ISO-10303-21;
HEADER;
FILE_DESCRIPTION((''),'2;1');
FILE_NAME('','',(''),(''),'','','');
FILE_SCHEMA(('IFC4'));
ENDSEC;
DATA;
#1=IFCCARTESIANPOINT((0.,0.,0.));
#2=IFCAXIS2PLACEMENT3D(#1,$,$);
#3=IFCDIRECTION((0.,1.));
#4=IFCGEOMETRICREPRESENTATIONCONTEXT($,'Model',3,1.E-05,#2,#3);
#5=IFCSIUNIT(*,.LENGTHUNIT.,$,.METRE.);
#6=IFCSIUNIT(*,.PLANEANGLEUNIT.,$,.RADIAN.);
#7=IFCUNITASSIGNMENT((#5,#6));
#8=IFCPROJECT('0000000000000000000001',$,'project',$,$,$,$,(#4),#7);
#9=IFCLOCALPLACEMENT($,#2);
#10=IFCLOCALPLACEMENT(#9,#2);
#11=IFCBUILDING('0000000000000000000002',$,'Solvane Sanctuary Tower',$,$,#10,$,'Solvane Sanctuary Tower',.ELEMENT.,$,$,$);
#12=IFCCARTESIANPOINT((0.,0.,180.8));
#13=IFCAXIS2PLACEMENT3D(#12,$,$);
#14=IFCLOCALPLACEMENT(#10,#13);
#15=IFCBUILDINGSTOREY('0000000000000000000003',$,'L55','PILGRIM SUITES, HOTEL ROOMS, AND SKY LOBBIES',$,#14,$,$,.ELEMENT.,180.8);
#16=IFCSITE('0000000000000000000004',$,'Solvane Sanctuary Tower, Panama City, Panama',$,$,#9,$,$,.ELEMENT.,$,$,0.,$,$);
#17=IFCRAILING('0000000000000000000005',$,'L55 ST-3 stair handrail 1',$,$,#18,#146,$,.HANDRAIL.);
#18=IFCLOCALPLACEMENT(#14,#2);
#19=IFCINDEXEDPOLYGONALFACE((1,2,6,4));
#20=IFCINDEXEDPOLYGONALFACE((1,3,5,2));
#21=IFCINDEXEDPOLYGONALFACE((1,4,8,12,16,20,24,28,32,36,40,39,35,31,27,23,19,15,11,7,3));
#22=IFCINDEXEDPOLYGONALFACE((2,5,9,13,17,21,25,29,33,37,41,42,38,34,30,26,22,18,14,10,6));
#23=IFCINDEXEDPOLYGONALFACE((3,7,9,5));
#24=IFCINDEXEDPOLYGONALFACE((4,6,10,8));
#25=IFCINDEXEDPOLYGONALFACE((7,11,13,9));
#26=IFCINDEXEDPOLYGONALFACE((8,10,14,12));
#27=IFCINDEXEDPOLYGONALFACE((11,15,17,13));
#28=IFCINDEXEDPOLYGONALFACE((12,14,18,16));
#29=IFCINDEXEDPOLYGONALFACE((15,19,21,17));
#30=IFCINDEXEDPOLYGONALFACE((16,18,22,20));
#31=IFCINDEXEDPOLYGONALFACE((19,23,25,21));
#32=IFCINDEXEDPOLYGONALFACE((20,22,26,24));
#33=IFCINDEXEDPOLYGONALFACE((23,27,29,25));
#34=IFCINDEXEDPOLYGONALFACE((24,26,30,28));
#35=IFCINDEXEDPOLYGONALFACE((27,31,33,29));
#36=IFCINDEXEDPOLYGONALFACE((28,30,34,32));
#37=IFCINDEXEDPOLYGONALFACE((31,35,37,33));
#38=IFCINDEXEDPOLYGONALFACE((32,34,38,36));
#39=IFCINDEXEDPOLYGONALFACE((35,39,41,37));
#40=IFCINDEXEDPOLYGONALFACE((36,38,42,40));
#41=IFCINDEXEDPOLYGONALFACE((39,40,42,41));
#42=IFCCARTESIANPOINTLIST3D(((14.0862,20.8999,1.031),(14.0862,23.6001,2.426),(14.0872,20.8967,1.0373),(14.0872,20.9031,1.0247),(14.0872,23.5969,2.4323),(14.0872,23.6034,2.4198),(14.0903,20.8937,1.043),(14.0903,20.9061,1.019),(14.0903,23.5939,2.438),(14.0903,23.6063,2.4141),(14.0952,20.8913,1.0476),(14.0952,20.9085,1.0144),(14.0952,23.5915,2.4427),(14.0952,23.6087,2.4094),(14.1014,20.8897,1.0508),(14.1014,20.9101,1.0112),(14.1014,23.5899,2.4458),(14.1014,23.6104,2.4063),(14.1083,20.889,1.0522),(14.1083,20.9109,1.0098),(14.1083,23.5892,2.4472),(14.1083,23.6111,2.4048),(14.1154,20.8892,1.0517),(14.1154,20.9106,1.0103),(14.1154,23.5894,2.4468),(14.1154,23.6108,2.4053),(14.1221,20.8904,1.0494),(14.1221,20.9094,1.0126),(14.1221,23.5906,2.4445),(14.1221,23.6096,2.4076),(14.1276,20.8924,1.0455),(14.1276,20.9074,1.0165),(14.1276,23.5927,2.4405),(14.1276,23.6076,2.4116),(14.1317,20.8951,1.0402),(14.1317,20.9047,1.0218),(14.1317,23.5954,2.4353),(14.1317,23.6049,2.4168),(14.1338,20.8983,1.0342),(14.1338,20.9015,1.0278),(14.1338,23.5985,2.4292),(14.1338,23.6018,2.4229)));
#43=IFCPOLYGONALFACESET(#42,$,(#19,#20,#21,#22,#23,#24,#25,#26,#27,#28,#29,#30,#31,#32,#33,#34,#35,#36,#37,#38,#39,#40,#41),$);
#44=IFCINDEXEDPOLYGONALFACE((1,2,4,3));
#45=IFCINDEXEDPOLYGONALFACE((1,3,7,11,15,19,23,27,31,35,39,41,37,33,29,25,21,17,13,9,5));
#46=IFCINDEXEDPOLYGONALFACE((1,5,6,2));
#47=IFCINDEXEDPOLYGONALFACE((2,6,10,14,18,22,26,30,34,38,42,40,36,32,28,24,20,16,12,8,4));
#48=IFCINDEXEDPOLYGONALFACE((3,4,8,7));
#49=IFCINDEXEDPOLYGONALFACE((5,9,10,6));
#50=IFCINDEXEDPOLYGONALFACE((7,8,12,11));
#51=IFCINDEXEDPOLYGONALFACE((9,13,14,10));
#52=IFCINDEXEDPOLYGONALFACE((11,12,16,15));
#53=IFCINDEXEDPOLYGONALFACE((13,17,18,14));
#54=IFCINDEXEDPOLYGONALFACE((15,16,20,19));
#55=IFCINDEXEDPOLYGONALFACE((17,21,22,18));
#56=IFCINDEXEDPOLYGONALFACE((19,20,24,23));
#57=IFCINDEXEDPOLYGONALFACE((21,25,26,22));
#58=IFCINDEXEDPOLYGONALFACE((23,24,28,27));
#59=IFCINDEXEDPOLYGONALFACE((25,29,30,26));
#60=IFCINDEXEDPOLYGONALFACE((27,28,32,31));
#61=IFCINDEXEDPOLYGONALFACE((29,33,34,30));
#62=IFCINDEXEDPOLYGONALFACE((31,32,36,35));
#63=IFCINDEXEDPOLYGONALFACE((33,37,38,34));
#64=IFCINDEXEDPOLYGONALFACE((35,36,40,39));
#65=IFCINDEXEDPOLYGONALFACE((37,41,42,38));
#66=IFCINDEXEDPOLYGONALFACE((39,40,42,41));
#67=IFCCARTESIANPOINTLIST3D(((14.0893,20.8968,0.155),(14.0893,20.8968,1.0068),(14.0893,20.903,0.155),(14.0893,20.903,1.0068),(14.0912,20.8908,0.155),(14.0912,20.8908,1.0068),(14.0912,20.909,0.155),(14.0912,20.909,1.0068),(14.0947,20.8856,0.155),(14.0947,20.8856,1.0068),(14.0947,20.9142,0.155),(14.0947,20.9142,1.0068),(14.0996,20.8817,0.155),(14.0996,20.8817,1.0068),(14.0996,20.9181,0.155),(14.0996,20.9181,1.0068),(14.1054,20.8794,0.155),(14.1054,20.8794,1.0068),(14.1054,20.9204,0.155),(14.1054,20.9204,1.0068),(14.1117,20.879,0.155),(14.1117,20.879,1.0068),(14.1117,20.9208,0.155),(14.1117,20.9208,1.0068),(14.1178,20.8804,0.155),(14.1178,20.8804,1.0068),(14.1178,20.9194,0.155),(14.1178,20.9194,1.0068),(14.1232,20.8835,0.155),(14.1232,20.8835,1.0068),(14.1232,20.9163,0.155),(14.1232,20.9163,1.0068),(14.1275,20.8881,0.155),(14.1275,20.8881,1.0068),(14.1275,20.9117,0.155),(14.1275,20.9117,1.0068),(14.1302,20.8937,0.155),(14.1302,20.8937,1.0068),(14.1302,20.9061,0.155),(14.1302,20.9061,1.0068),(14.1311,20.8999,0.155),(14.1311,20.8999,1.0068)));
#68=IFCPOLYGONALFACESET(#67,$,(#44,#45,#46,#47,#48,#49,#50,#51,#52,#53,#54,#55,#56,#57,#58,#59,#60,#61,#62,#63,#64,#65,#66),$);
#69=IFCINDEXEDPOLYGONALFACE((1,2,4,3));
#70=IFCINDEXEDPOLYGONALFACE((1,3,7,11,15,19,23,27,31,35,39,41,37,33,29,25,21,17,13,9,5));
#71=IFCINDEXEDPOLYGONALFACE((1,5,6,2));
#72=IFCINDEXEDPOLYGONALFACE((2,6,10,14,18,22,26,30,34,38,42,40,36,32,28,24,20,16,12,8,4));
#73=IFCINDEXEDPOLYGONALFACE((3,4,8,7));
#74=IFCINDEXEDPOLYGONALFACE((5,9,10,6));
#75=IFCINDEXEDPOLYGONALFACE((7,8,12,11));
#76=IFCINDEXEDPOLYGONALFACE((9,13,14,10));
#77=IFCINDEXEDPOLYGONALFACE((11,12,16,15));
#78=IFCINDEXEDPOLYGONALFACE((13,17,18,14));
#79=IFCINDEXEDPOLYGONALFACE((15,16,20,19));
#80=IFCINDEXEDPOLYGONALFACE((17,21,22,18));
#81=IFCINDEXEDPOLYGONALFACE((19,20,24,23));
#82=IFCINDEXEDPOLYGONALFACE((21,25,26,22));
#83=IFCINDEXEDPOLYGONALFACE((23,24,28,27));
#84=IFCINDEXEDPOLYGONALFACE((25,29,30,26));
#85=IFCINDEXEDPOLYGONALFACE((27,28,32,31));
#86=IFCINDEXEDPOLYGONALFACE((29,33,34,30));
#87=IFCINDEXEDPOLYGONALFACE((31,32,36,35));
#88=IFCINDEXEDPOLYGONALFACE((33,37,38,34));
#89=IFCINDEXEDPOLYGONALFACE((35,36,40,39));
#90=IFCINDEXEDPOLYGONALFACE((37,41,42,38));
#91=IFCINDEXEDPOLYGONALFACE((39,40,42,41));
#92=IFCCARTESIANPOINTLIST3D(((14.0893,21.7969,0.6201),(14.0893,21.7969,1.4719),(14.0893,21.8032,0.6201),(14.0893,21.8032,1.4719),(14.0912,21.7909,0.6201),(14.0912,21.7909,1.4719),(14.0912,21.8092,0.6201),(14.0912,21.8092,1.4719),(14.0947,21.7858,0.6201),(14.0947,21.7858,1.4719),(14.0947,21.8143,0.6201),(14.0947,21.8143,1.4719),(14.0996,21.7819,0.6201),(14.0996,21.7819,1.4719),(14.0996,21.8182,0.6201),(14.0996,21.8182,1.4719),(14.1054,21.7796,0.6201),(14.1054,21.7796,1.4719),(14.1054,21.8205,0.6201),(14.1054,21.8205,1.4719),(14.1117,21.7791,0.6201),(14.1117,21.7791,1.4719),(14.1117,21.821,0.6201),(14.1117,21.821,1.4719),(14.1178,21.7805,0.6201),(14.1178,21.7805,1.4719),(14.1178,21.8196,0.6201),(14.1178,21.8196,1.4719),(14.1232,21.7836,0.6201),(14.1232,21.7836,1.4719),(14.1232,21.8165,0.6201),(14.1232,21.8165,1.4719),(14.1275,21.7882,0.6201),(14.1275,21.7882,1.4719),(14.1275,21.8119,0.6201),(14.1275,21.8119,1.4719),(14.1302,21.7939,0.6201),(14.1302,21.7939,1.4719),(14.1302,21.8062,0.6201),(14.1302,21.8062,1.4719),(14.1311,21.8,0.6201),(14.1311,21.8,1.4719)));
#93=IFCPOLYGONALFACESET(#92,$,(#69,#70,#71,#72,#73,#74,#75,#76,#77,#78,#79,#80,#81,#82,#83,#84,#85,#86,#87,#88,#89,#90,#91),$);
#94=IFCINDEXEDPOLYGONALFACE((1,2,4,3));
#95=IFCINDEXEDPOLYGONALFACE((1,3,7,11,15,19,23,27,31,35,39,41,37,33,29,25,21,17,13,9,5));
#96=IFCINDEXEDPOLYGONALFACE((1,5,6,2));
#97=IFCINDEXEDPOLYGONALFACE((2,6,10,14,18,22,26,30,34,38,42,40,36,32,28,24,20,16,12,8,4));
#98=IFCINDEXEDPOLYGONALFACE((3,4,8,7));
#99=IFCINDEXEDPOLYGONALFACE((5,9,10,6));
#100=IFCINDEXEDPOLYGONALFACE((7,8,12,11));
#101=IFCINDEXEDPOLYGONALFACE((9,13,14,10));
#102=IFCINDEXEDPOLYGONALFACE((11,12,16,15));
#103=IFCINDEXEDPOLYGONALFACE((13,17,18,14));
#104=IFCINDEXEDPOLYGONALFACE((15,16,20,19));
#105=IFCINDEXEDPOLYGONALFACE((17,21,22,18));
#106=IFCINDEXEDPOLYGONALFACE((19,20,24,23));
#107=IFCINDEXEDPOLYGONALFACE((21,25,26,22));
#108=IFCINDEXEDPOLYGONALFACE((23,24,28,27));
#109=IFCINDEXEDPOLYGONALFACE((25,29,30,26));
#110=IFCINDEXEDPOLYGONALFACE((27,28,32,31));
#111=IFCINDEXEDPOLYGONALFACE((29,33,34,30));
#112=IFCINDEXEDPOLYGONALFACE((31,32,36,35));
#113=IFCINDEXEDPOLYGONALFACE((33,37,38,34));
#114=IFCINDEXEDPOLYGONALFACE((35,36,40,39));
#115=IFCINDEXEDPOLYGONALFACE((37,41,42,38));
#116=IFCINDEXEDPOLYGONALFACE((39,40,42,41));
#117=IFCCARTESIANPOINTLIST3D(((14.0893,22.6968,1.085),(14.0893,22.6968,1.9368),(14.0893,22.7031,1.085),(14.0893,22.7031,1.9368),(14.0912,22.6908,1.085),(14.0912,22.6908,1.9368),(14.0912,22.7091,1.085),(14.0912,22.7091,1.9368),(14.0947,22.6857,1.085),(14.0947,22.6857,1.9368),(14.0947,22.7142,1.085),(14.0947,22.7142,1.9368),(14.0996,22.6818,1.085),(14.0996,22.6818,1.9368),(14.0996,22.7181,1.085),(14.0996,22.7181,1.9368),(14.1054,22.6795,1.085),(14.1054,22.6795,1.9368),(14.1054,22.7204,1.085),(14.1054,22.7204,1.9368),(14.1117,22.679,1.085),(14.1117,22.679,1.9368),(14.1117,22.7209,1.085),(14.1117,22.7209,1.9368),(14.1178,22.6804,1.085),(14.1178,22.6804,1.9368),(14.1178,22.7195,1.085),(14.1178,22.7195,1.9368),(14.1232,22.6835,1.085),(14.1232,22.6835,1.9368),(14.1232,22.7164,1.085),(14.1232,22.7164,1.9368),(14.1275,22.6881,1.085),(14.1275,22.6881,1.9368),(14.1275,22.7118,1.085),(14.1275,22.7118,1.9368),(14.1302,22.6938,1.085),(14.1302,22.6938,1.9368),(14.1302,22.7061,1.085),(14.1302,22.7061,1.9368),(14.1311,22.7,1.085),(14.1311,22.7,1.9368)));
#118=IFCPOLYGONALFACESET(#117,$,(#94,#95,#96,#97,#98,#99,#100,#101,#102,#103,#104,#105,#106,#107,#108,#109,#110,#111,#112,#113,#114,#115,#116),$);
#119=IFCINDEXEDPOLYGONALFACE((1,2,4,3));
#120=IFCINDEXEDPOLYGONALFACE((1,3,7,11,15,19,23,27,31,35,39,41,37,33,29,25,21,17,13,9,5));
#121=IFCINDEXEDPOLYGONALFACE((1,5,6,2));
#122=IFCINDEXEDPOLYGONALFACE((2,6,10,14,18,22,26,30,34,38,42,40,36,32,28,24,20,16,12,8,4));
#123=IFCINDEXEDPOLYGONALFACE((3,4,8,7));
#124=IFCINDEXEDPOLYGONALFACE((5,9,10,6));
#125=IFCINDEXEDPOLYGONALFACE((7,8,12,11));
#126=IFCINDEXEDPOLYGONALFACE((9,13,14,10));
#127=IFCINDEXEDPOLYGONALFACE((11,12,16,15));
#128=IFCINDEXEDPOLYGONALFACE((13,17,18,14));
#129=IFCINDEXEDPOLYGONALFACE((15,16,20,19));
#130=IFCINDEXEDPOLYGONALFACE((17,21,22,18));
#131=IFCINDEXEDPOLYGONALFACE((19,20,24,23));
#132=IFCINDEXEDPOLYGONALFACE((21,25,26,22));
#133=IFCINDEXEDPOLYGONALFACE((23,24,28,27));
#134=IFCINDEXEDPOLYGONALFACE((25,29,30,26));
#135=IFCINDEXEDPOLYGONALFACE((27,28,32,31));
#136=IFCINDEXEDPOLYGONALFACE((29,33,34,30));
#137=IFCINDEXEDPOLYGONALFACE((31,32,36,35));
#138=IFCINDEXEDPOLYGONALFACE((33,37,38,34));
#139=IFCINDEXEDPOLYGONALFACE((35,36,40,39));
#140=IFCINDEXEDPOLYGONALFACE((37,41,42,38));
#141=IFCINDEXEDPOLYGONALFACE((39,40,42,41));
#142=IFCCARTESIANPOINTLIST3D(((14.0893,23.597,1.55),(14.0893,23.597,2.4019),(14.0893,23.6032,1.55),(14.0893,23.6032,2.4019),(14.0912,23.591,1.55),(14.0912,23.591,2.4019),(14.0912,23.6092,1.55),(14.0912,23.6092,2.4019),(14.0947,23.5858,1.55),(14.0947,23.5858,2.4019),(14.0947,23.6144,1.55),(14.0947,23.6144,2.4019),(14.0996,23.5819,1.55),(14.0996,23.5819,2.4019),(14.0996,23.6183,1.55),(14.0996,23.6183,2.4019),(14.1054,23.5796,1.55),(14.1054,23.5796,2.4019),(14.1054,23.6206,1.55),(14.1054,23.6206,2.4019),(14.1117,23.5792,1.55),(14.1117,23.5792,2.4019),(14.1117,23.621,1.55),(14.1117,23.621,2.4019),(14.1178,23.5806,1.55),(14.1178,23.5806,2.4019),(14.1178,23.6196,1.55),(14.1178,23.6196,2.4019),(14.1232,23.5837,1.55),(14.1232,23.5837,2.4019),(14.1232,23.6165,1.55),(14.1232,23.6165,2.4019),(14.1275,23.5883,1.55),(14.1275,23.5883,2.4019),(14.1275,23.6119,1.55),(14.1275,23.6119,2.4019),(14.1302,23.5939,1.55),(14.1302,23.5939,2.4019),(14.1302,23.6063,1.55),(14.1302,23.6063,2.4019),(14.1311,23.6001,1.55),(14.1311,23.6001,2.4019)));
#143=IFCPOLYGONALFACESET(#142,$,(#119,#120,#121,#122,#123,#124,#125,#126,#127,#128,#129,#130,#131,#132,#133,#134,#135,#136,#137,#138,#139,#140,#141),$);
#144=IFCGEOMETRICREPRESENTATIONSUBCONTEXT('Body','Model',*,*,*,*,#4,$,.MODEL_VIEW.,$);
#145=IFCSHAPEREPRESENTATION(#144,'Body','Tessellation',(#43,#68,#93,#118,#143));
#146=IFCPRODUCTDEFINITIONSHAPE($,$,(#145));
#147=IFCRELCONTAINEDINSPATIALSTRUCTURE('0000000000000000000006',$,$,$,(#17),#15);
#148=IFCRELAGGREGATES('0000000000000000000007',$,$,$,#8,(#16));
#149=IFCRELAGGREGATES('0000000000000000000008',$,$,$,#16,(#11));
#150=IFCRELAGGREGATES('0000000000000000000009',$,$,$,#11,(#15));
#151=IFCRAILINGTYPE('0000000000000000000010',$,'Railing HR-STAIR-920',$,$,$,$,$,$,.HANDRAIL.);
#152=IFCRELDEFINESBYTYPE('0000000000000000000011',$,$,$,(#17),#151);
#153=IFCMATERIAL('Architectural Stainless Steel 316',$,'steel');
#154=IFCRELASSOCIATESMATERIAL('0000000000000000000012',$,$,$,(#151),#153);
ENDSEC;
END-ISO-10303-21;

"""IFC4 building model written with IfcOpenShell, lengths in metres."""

from ifc_helpers import new_model, si_unit, direction, frame, origin, origin_2d, place, context, subcontext, project, spatial, circle, extrude, material, type_object, element, save


model = new_model("IFC4")

# Units and contexts
model_context = context("Model", 3, precision=1e-05, world=origin(), true_north=direction((0.0, 1.0)))
body_context = subcontext(model_context, "Body", "Model", "MODEL_VIEW")
ifc_project = project(units=[si_unit("LENGTHUNIT", "METRE"), si_unit("PLANEANGLEUNIT", "RADIAN")], contexts=[model_context])

# Site, building, storey
site_placement = place(None, origin())
site = spatial("IfcSite", under=ifc_project, at=site_placement, Name="Solvane Sanctuary Tower, Panama City, Panama", CompositionType="ELEMENT", RefElevation=0.0)
building_placement = place(site_placement, origin())
building = spatial("IfcBuilding", under=site, at=building_placement, Name="Solvane Sanctuary Tower", LongName="Solvane Sanctuary Tower", CompositionType="ELEMENT")
storey_placement = place(building_placement, frame((0.0, 0.0, 180.8)))
storey = spatial("IfcBuildingStorey", under=building, at=storey_placement, Name="L55", Description="PILGRIM SUITES, HOTEL ROOMS, AND SKY LOBBIES", CompositionType="ELEMENT", Elevation=180.8)

# Railing
ifc_material_1 = material(Name="Architectural Stainless Steel 316", Category="steel")
railing_type_1 = type_object("IfcRailingType", Name="Railing HR-STAIR-920", PredefinedType="HANDRAIL", material=ifc_material_1)
railing_1_placement = place(storey_placement, frame((14.1101, 20.8999, 0.155)))
element("IfcRailing", 1, at=railing_1_placement, inside=storey, type_object=railing_type_1, Name="L55 ST-3 stair handrail 1", PredefinedType="HANDRAIL", context=body_context, shape_type="SweptSolid", body=[
    extrude(circle(Radius=0.0239, at=origin_2d()), frame((0.0, 0.0, 0.876), z_axis=(0.0, 0.888437, 0.458999), x_axis=(-1.0, 0.0, 0.0)), (0.0, 0.0, 1.0), 3.0393),
    extrude(circle(Radius=0.021, at=origin_2d()), origin(), (0.0, 0.0, 1.0), 0.8518),
    extrude(circle(Radius=0.021, at=origin_2d()), frame((0.0, 0.9001, 0.4651)), (0.0, 0.0, 1.0), 0.8518),
    extrude(circle(Radius=0.021, at=origin_2d()), frame((0.0, 1.8, 0.9299)), (0.0, 0.0, 1.0), 0.8518),
    extrude(circle(Radius=0.021, at=origin_2d()), frame((0.0, 2.7002, 1.395)), (0.0, 0.0, 1.0), 0.8518),
])

save(model, "model.ifc")
